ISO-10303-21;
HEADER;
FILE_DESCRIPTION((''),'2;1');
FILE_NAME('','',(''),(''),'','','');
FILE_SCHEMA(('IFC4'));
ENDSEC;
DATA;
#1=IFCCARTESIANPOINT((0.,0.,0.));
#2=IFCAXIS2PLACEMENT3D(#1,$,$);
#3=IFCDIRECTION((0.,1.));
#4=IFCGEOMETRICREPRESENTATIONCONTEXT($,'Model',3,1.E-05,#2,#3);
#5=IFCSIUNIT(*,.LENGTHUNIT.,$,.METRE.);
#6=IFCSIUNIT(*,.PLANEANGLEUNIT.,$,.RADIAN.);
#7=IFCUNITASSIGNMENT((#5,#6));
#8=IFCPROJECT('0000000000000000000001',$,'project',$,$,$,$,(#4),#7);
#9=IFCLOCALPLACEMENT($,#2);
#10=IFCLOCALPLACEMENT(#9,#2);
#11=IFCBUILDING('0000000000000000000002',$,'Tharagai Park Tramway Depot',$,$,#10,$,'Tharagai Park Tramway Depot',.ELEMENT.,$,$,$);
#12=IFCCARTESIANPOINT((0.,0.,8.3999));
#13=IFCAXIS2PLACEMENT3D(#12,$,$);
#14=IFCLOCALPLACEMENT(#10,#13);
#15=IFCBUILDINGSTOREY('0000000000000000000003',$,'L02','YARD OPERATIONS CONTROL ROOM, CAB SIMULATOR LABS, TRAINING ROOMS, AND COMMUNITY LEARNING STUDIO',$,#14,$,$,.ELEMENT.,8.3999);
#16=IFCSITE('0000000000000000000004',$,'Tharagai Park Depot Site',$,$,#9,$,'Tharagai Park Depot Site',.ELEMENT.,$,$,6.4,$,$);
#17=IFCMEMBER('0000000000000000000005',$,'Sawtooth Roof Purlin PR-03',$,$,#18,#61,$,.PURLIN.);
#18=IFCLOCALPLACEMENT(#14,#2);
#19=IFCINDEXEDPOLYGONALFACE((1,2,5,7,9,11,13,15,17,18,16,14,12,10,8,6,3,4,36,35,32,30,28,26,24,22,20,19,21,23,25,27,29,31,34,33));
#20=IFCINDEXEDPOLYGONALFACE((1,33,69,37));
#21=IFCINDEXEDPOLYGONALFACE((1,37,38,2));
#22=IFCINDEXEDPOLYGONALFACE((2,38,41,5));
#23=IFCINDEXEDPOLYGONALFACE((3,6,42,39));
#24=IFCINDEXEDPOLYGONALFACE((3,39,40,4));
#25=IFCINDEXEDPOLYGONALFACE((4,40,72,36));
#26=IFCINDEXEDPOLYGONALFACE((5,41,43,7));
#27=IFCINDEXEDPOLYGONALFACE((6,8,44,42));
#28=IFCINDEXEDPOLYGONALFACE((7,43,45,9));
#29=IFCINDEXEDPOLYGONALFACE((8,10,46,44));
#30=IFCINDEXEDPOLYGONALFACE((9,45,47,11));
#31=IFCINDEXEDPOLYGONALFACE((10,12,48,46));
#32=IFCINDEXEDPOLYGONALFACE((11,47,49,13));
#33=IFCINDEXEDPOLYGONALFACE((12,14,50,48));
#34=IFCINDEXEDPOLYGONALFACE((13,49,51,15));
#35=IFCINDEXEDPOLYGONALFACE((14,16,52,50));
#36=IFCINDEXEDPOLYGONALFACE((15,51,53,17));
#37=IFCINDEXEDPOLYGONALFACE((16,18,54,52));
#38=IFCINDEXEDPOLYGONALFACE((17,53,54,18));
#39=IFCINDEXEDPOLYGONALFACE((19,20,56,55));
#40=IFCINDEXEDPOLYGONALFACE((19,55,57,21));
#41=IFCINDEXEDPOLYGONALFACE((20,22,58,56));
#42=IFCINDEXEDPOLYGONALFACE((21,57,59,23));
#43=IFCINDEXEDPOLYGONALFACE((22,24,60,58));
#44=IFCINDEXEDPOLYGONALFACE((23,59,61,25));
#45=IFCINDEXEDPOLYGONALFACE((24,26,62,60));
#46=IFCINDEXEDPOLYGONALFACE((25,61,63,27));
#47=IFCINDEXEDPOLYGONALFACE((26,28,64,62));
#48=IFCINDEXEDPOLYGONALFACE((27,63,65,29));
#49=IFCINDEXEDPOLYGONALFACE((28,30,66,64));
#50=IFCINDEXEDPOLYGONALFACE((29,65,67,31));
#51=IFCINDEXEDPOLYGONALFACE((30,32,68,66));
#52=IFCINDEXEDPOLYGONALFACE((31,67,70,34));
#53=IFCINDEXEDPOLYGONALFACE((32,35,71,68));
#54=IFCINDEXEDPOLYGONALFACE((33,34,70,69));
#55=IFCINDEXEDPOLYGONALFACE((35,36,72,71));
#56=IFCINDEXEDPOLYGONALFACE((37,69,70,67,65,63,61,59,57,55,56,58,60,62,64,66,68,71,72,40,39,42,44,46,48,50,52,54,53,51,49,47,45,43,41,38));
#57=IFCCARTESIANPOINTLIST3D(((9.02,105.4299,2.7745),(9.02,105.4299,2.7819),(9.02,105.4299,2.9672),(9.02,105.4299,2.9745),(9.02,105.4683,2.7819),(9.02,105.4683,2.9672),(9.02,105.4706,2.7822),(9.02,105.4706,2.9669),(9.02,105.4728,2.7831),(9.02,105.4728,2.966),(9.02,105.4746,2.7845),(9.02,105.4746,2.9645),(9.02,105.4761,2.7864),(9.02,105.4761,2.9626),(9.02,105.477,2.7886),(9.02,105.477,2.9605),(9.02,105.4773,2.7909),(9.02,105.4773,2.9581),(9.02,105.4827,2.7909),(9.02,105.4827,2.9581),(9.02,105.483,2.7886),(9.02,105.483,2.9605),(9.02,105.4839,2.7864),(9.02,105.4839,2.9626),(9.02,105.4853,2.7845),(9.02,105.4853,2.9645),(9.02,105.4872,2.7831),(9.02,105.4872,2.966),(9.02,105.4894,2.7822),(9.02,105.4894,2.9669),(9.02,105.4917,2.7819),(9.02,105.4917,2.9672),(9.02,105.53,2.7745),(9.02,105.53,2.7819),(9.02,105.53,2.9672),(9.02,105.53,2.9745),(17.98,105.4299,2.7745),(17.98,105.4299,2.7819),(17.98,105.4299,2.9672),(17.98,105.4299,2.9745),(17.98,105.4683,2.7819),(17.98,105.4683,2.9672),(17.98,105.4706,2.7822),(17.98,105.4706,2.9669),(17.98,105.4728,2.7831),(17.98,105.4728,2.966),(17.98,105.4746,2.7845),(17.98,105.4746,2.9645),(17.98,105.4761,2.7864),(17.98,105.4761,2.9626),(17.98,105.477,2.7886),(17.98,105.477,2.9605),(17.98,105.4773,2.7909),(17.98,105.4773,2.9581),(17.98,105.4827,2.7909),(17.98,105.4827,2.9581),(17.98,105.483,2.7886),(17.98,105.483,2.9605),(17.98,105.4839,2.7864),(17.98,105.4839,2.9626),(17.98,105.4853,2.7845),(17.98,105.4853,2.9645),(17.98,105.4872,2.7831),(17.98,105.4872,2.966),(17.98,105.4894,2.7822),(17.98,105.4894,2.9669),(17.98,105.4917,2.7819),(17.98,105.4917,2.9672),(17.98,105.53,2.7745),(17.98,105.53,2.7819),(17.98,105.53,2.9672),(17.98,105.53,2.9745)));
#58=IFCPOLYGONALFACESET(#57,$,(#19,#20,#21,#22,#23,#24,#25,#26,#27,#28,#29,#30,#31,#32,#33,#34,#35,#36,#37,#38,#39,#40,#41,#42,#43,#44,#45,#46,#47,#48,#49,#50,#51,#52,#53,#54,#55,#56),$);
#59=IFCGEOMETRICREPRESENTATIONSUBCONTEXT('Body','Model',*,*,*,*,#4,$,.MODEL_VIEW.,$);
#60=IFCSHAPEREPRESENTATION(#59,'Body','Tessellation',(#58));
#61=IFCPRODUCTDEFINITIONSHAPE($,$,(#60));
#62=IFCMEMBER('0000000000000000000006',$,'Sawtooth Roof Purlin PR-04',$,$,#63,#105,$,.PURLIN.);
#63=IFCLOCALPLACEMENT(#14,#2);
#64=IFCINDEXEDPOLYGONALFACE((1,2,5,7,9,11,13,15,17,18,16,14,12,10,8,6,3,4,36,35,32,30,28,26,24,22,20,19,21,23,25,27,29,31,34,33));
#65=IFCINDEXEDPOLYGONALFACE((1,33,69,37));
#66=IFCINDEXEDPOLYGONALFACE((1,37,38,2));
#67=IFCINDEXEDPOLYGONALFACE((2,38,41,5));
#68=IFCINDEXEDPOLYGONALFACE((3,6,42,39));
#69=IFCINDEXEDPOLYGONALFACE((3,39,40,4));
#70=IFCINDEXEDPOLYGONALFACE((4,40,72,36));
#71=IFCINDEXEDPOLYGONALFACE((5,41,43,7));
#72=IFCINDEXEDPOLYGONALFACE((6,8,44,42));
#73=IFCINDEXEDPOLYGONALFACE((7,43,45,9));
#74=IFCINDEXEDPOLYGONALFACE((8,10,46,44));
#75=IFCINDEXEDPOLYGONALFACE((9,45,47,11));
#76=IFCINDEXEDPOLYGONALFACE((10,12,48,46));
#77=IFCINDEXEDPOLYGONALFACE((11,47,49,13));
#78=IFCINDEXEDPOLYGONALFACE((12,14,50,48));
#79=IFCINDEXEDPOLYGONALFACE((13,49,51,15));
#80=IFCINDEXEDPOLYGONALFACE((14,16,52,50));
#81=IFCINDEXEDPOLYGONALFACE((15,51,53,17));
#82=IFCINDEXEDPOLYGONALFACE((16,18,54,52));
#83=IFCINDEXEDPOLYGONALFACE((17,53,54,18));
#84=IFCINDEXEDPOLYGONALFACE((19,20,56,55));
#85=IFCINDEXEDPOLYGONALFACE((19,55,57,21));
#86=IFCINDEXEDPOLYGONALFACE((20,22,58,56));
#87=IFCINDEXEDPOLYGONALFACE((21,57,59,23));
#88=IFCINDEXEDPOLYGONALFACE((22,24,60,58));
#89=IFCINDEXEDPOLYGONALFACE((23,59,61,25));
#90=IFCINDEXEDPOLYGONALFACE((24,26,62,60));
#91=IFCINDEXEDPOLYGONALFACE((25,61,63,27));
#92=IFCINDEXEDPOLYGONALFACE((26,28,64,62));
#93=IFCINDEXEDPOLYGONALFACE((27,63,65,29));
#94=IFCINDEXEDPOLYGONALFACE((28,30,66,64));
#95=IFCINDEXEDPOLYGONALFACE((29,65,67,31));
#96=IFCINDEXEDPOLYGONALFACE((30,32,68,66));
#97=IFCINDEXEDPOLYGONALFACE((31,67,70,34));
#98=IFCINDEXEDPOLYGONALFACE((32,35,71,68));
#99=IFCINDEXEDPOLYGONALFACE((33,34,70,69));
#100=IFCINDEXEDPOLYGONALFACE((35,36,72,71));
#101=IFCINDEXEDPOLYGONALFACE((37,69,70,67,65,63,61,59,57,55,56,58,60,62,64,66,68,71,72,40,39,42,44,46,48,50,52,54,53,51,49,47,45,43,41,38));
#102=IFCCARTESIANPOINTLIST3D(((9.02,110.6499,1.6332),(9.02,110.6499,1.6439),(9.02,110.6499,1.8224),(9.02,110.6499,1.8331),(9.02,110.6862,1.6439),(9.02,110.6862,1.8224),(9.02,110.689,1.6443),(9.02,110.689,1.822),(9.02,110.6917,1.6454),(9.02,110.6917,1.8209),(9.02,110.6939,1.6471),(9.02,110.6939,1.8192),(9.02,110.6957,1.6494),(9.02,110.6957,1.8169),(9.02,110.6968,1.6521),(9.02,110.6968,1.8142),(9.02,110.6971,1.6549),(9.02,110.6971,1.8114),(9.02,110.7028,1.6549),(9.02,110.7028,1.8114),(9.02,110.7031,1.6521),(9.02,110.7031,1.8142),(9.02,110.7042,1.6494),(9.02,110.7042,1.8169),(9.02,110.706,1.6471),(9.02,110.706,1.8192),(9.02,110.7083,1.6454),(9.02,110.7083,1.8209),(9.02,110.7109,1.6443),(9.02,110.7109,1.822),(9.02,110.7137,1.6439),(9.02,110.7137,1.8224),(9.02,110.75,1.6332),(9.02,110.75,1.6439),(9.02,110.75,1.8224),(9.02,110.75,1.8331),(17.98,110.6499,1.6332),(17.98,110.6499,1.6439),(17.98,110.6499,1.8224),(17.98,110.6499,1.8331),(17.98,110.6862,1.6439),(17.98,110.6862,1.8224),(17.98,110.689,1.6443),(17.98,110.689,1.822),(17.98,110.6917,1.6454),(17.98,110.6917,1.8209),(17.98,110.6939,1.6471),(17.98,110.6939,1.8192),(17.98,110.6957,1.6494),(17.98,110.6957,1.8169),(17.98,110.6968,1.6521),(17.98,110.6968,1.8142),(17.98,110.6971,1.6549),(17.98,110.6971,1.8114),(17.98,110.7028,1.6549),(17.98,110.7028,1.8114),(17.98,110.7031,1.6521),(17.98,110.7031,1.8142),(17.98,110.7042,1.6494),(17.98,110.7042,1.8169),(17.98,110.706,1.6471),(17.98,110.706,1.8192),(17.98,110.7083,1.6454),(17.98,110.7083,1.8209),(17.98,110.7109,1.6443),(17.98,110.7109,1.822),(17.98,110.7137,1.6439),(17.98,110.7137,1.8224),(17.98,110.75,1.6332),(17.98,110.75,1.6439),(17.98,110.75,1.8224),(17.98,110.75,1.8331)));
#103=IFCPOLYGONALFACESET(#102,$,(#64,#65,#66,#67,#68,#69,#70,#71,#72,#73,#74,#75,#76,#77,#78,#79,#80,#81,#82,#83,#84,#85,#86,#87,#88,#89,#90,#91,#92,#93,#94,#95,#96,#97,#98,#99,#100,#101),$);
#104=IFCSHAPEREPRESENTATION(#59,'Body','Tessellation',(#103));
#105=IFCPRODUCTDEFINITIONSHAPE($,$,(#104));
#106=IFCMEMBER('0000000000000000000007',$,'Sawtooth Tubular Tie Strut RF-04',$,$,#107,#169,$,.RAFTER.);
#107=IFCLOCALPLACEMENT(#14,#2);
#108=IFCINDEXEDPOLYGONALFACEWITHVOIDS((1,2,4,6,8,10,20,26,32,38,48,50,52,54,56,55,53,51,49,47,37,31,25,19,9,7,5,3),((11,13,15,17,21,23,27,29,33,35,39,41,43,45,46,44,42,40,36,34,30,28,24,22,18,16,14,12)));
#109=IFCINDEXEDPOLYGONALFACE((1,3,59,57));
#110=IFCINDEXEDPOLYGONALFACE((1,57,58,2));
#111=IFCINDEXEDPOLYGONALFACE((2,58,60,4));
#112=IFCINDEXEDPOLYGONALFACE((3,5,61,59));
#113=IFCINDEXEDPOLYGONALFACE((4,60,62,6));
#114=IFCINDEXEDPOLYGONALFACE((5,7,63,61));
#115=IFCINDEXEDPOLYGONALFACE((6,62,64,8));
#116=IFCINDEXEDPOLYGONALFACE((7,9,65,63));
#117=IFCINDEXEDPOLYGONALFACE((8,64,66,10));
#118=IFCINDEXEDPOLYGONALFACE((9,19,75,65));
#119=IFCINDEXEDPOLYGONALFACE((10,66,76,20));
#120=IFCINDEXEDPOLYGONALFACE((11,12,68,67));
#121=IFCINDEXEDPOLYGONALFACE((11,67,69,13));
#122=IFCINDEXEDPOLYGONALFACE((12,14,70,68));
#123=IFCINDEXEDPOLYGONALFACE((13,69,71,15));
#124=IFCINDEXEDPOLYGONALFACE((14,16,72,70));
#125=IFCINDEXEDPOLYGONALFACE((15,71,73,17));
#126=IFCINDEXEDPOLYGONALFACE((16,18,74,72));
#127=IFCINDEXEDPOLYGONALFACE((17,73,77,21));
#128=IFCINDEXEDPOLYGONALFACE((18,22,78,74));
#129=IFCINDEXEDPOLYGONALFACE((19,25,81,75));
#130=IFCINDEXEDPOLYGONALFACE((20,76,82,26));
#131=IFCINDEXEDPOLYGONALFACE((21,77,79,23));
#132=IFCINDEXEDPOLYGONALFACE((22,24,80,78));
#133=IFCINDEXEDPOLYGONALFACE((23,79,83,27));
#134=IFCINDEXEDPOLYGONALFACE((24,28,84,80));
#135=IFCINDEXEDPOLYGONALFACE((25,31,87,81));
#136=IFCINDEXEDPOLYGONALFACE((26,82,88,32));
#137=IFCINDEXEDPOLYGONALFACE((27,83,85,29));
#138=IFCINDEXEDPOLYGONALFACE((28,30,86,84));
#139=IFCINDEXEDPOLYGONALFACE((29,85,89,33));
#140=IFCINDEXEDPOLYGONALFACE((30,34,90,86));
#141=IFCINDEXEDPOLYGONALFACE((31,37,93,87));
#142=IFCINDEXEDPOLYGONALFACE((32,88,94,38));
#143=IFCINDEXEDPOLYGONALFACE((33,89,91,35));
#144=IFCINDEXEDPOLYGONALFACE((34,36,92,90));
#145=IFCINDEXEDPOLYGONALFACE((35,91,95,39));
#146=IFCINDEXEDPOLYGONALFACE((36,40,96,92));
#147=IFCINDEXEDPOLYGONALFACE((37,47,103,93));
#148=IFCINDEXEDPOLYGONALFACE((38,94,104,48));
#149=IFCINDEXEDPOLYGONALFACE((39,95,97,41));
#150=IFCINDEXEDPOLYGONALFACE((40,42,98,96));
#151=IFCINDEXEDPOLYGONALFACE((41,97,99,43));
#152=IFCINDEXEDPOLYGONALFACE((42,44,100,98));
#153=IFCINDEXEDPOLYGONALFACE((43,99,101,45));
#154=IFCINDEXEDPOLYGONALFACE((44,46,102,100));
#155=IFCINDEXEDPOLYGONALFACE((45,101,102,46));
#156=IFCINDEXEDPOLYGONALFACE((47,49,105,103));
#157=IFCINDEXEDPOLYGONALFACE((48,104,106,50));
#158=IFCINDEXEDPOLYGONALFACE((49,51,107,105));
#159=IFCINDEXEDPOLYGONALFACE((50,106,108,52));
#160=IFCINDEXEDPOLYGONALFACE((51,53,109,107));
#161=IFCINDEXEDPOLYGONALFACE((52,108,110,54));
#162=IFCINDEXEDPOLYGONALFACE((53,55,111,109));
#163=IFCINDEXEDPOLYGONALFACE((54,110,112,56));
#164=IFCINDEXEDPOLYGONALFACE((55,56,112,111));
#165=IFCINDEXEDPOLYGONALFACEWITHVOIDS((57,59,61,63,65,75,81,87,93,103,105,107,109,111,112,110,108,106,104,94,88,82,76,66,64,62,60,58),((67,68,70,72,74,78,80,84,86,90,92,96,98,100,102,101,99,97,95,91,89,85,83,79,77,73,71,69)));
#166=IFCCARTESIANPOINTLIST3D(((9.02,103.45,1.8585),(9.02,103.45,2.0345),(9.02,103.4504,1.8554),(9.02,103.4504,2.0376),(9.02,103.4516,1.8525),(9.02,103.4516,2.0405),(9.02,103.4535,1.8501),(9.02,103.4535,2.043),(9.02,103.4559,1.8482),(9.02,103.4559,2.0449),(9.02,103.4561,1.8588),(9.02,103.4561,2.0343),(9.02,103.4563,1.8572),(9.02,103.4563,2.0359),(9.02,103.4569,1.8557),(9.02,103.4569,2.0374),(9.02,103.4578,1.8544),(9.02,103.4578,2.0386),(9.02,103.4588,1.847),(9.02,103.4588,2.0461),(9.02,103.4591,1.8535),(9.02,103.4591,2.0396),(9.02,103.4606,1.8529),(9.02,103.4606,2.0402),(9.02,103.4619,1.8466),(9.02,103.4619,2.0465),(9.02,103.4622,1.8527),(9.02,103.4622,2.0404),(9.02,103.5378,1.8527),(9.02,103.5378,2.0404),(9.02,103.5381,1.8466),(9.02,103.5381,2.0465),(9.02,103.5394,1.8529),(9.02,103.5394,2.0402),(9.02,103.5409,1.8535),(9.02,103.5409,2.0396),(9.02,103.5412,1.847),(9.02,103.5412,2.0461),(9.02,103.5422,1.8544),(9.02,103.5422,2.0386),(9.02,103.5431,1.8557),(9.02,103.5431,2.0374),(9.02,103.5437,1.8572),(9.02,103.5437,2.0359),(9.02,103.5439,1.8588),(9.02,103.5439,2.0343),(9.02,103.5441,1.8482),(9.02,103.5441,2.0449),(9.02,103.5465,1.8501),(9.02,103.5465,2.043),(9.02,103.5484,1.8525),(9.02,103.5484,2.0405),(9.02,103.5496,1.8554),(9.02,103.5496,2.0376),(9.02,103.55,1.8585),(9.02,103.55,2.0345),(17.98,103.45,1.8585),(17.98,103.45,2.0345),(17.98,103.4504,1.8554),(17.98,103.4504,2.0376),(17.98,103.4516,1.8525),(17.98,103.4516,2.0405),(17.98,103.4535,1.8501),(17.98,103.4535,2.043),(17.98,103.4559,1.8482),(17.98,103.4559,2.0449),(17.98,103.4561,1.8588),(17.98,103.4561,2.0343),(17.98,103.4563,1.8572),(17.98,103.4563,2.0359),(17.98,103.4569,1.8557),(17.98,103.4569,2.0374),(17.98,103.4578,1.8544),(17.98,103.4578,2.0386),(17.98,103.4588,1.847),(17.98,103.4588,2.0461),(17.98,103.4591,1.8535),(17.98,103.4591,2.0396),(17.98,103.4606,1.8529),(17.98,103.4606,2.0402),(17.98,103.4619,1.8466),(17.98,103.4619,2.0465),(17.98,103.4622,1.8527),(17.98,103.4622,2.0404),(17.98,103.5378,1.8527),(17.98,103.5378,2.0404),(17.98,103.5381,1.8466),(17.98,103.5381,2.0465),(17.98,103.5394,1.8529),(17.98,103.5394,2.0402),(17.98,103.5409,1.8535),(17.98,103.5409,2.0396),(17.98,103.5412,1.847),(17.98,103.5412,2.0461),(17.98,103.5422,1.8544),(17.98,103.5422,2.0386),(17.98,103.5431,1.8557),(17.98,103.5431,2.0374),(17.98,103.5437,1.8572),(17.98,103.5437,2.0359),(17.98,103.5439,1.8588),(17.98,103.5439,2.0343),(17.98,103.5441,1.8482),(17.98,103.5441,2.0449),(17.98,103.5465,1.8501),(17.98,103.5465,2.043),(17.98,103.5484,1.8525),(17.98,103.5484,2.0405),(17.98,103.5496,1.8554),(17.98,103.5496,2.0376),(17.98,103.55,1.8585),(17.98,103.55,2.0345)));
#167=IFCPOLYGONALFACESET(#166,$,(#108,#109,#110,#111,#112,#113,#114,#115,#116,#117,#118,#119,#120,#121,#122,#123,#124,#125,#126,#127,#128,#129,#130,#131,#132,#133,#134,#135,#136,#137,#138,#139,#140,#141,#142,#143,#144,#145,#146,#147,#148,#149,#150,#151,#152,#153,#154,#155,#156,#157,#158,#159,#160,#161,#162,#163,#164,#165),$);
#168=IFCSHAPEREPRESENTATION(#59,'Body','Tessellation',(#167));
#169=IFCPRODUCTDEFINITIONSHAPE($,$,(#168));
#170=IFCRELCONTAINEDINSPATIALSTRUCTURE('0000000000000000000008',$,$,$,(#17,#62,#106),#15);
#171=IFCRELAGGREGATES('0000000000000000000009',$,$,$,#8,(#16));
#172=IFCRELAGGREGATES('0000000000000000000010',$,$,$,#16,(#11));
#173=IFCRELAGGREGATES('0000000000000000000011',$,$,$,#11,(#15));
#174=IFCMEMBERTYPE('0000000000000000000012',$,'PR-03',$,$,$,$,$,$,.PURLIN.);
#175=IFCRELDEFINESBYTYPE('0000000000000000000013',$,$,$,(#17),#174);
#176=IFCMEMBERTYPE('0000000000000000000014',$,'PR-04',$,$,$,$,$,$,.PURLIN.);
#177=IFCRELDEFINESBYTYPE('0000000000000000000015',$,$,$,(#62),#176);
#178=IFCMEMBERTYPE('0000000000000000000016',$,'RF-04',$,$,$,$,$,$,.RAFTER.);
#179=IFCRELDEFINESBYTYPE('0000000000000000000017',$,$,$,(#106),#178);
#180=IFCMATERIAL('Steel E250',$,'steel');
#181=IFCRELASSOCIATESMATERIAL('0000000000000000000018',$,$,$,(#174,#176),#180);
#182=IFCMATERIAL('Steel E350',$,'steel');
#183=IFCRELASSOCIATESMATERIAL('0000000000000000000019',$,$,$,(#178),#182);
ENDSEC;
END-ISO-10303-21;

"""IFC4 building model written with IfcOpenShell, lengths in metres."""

from ifc_helpers import new_model, si_unit, direction, frame, origin, origin_2d, place, context, subcontext, project, spatial, hollow_rectangle, i_section, extrude, material, material_profile, profile_set, type_object, element, save


model = new_model("IFC4")

# Units and contexts
model_context = context("Model", 3, precision=1e-05, world=origin(), true_north=direction((0.0, 1.0)))
body_context = subcontext(model_context, "Body", "Model", "MODEL_VIEW")
ifc_project = project(units=[si_unit("LENGTHUNIT", "METRE"), si_unit("PLANEANGLEUNIT", "RADIAN")], contexts=[model_context])

# Site, building, storey
site_placement = place(None, origin())
site = spatial("IfcSite", under=ifc_project, at=site_placement, Name="Tharagai Park Depot Site", LongName="Tharagai Park Depot Site", CompositionType="ELEMENT", RefElevation=6.4)
building_placement = place(site_placement, origin())
building = spatial("IfcBuilding", under=site, at=building_placement, Name="Tharagai Park Tramway Depot", LongName="Tharagai Park Tramway Depot", CompositionType="ELEMENT")
storey_placement = place(building_placement, frame((0.0, 0.0, 8.3999)))
storey = spatial("IfcBuildingStorey", under=building, at=storey_placement, Name="L02", Description="YARD OPERATIONS CONTROL ROOM, CAB SIMULATOR LABS, TRAINING ROOMS, AND COMMUNITY LEARNING STUDIO", CompositionType="ELEMENT", Elevation=8.3999)

# Shared definitions
ifc_material_1 = material(Name="Steel E350", Category="steel")
ifc_material_2 = material(Name="Steel E250", Category="steel")

# Members
ifc_material_profile_1 = material_profile(ifc_material_2, i_section(OverallWidth=0.1001, OverallDepth=0.2, WebThickness=0.0054, FlangeThickness=0.0073, FilletRadius=0.009, at=origin_2d()), Name="ISLB 200")
ifc_profile_set_1 = profile_set([ifc_material_profile_1], Name="Steel E250")
member_type_1 = type_object("IfcMemberType", Name="PR-03", PredefinedType="PURLIN", material=ifc_profile_set_1)
for number, where, z_axis, x_axis, name in (
    (1, (9.02, 105.48, 2.8745), (1.0, 0.0, 0.0), (0.0, 1.0, 0.0), "Sawtooth Roof Purlin PR-03"),
):
    element("IfcMember", number, at=place(storey_placement, frame(where, z_axis=z_axis, x_axis=x_axis)), inside=storey, type_object=member_type_1, Name=name, PredefinedType="PURLIN", context=body_context, shape_type="SweptSolid", body=[
        extrude(i_section(OverallWidth=0.1001, OverallDepth=0.2, WebThickness=0.0054, FlangeThickness=0.0073, FilletRadius=0.009, at=origin_2d()), origin(), (0.0, 0.0, 1.0), 8.96),
    ])
ifc_material_profile_2 = material_profile(ifc_material_2, i_section(OverallWidth=0.1001, OverallDepth=0.2, WebThickness=0.0056, FlangeThickness=0.0107, FilletRadius=0.011, at=origin_2d()), Name="ISMB 200")
ifc_profile_set_2 = profile_set([ifc_material_profile_2], Name="Steel E250")
member_type_2 = type_object("IfcMemberType", Name="PR-04", PredefinedType="PURLIN", material=ifc_profile_set_2)
member_1_placement = place(storey_placement, frame((9.02, 110.7, 1.7332), z_axis=(1.0, 0.0, 0.0), x_axis=(0.0, 1.0, 0.0)))
element("IfcMember", 2, at=member_1_placement, inside=storey, type_object=member_type_2, Name="Sawtooth Roof Purlin PR-04", PredefinedType="PURLIN", context=body_context, shape_type="SweptSolid", body=[
    extrude(i_section(OverallWidth=0.1001, OverallDepth=0.2, WebThickness=0.0056, FlangeThickness=0.0107, FilletRadius=0.011, at=origin_2d()), origin(), (0.0, 0.0, 1.0), 8.96),
])
ifc_material_profile_3 = material_profile(ifc_material_1, hollow_rectangle(XDim=0.1001, YDim=0.2, WallThickness=0.0061, InnerFilletRadius=0.0061, OuterFilletRadius=0.012, at=origin_2d()), Name="RHS 200x100x6")
ifc_profile_set_3 = profile_set([ifc_material_profile_3], Name="Steel E350")
member_type_3 = type_object("IfcMemberType", Name="RF-04", PredefinedType="RAFTER", material=ifc_profile_set_3)
member_2_placement = place(storey_placement, frame((9.02, 103.5, 1.9465), z_axis=(1.0, 0.0, 0.0), x_axis=(0.0, 1.0, 0.0)))
element("IfcMember", 3, at=member_2_placement, inside=storey, type_object=member_type_3, Name="Sawtooth Tubular Tie Strut RF-04", PredefinedType="RAFTER", context=body_context, shape_type="SweptSolid", body=[
    extrude(hollow_rectangle(XDim=0.1001, YDim=0.2, WallThickness=0.0061, InnerFilletRadius=0.0061, OuterFilletRadius=0.012, at=origin_2d()), origin(), (0.0, 0.0, 1.0), 8.96),
])

save(model, "model.ifc")
